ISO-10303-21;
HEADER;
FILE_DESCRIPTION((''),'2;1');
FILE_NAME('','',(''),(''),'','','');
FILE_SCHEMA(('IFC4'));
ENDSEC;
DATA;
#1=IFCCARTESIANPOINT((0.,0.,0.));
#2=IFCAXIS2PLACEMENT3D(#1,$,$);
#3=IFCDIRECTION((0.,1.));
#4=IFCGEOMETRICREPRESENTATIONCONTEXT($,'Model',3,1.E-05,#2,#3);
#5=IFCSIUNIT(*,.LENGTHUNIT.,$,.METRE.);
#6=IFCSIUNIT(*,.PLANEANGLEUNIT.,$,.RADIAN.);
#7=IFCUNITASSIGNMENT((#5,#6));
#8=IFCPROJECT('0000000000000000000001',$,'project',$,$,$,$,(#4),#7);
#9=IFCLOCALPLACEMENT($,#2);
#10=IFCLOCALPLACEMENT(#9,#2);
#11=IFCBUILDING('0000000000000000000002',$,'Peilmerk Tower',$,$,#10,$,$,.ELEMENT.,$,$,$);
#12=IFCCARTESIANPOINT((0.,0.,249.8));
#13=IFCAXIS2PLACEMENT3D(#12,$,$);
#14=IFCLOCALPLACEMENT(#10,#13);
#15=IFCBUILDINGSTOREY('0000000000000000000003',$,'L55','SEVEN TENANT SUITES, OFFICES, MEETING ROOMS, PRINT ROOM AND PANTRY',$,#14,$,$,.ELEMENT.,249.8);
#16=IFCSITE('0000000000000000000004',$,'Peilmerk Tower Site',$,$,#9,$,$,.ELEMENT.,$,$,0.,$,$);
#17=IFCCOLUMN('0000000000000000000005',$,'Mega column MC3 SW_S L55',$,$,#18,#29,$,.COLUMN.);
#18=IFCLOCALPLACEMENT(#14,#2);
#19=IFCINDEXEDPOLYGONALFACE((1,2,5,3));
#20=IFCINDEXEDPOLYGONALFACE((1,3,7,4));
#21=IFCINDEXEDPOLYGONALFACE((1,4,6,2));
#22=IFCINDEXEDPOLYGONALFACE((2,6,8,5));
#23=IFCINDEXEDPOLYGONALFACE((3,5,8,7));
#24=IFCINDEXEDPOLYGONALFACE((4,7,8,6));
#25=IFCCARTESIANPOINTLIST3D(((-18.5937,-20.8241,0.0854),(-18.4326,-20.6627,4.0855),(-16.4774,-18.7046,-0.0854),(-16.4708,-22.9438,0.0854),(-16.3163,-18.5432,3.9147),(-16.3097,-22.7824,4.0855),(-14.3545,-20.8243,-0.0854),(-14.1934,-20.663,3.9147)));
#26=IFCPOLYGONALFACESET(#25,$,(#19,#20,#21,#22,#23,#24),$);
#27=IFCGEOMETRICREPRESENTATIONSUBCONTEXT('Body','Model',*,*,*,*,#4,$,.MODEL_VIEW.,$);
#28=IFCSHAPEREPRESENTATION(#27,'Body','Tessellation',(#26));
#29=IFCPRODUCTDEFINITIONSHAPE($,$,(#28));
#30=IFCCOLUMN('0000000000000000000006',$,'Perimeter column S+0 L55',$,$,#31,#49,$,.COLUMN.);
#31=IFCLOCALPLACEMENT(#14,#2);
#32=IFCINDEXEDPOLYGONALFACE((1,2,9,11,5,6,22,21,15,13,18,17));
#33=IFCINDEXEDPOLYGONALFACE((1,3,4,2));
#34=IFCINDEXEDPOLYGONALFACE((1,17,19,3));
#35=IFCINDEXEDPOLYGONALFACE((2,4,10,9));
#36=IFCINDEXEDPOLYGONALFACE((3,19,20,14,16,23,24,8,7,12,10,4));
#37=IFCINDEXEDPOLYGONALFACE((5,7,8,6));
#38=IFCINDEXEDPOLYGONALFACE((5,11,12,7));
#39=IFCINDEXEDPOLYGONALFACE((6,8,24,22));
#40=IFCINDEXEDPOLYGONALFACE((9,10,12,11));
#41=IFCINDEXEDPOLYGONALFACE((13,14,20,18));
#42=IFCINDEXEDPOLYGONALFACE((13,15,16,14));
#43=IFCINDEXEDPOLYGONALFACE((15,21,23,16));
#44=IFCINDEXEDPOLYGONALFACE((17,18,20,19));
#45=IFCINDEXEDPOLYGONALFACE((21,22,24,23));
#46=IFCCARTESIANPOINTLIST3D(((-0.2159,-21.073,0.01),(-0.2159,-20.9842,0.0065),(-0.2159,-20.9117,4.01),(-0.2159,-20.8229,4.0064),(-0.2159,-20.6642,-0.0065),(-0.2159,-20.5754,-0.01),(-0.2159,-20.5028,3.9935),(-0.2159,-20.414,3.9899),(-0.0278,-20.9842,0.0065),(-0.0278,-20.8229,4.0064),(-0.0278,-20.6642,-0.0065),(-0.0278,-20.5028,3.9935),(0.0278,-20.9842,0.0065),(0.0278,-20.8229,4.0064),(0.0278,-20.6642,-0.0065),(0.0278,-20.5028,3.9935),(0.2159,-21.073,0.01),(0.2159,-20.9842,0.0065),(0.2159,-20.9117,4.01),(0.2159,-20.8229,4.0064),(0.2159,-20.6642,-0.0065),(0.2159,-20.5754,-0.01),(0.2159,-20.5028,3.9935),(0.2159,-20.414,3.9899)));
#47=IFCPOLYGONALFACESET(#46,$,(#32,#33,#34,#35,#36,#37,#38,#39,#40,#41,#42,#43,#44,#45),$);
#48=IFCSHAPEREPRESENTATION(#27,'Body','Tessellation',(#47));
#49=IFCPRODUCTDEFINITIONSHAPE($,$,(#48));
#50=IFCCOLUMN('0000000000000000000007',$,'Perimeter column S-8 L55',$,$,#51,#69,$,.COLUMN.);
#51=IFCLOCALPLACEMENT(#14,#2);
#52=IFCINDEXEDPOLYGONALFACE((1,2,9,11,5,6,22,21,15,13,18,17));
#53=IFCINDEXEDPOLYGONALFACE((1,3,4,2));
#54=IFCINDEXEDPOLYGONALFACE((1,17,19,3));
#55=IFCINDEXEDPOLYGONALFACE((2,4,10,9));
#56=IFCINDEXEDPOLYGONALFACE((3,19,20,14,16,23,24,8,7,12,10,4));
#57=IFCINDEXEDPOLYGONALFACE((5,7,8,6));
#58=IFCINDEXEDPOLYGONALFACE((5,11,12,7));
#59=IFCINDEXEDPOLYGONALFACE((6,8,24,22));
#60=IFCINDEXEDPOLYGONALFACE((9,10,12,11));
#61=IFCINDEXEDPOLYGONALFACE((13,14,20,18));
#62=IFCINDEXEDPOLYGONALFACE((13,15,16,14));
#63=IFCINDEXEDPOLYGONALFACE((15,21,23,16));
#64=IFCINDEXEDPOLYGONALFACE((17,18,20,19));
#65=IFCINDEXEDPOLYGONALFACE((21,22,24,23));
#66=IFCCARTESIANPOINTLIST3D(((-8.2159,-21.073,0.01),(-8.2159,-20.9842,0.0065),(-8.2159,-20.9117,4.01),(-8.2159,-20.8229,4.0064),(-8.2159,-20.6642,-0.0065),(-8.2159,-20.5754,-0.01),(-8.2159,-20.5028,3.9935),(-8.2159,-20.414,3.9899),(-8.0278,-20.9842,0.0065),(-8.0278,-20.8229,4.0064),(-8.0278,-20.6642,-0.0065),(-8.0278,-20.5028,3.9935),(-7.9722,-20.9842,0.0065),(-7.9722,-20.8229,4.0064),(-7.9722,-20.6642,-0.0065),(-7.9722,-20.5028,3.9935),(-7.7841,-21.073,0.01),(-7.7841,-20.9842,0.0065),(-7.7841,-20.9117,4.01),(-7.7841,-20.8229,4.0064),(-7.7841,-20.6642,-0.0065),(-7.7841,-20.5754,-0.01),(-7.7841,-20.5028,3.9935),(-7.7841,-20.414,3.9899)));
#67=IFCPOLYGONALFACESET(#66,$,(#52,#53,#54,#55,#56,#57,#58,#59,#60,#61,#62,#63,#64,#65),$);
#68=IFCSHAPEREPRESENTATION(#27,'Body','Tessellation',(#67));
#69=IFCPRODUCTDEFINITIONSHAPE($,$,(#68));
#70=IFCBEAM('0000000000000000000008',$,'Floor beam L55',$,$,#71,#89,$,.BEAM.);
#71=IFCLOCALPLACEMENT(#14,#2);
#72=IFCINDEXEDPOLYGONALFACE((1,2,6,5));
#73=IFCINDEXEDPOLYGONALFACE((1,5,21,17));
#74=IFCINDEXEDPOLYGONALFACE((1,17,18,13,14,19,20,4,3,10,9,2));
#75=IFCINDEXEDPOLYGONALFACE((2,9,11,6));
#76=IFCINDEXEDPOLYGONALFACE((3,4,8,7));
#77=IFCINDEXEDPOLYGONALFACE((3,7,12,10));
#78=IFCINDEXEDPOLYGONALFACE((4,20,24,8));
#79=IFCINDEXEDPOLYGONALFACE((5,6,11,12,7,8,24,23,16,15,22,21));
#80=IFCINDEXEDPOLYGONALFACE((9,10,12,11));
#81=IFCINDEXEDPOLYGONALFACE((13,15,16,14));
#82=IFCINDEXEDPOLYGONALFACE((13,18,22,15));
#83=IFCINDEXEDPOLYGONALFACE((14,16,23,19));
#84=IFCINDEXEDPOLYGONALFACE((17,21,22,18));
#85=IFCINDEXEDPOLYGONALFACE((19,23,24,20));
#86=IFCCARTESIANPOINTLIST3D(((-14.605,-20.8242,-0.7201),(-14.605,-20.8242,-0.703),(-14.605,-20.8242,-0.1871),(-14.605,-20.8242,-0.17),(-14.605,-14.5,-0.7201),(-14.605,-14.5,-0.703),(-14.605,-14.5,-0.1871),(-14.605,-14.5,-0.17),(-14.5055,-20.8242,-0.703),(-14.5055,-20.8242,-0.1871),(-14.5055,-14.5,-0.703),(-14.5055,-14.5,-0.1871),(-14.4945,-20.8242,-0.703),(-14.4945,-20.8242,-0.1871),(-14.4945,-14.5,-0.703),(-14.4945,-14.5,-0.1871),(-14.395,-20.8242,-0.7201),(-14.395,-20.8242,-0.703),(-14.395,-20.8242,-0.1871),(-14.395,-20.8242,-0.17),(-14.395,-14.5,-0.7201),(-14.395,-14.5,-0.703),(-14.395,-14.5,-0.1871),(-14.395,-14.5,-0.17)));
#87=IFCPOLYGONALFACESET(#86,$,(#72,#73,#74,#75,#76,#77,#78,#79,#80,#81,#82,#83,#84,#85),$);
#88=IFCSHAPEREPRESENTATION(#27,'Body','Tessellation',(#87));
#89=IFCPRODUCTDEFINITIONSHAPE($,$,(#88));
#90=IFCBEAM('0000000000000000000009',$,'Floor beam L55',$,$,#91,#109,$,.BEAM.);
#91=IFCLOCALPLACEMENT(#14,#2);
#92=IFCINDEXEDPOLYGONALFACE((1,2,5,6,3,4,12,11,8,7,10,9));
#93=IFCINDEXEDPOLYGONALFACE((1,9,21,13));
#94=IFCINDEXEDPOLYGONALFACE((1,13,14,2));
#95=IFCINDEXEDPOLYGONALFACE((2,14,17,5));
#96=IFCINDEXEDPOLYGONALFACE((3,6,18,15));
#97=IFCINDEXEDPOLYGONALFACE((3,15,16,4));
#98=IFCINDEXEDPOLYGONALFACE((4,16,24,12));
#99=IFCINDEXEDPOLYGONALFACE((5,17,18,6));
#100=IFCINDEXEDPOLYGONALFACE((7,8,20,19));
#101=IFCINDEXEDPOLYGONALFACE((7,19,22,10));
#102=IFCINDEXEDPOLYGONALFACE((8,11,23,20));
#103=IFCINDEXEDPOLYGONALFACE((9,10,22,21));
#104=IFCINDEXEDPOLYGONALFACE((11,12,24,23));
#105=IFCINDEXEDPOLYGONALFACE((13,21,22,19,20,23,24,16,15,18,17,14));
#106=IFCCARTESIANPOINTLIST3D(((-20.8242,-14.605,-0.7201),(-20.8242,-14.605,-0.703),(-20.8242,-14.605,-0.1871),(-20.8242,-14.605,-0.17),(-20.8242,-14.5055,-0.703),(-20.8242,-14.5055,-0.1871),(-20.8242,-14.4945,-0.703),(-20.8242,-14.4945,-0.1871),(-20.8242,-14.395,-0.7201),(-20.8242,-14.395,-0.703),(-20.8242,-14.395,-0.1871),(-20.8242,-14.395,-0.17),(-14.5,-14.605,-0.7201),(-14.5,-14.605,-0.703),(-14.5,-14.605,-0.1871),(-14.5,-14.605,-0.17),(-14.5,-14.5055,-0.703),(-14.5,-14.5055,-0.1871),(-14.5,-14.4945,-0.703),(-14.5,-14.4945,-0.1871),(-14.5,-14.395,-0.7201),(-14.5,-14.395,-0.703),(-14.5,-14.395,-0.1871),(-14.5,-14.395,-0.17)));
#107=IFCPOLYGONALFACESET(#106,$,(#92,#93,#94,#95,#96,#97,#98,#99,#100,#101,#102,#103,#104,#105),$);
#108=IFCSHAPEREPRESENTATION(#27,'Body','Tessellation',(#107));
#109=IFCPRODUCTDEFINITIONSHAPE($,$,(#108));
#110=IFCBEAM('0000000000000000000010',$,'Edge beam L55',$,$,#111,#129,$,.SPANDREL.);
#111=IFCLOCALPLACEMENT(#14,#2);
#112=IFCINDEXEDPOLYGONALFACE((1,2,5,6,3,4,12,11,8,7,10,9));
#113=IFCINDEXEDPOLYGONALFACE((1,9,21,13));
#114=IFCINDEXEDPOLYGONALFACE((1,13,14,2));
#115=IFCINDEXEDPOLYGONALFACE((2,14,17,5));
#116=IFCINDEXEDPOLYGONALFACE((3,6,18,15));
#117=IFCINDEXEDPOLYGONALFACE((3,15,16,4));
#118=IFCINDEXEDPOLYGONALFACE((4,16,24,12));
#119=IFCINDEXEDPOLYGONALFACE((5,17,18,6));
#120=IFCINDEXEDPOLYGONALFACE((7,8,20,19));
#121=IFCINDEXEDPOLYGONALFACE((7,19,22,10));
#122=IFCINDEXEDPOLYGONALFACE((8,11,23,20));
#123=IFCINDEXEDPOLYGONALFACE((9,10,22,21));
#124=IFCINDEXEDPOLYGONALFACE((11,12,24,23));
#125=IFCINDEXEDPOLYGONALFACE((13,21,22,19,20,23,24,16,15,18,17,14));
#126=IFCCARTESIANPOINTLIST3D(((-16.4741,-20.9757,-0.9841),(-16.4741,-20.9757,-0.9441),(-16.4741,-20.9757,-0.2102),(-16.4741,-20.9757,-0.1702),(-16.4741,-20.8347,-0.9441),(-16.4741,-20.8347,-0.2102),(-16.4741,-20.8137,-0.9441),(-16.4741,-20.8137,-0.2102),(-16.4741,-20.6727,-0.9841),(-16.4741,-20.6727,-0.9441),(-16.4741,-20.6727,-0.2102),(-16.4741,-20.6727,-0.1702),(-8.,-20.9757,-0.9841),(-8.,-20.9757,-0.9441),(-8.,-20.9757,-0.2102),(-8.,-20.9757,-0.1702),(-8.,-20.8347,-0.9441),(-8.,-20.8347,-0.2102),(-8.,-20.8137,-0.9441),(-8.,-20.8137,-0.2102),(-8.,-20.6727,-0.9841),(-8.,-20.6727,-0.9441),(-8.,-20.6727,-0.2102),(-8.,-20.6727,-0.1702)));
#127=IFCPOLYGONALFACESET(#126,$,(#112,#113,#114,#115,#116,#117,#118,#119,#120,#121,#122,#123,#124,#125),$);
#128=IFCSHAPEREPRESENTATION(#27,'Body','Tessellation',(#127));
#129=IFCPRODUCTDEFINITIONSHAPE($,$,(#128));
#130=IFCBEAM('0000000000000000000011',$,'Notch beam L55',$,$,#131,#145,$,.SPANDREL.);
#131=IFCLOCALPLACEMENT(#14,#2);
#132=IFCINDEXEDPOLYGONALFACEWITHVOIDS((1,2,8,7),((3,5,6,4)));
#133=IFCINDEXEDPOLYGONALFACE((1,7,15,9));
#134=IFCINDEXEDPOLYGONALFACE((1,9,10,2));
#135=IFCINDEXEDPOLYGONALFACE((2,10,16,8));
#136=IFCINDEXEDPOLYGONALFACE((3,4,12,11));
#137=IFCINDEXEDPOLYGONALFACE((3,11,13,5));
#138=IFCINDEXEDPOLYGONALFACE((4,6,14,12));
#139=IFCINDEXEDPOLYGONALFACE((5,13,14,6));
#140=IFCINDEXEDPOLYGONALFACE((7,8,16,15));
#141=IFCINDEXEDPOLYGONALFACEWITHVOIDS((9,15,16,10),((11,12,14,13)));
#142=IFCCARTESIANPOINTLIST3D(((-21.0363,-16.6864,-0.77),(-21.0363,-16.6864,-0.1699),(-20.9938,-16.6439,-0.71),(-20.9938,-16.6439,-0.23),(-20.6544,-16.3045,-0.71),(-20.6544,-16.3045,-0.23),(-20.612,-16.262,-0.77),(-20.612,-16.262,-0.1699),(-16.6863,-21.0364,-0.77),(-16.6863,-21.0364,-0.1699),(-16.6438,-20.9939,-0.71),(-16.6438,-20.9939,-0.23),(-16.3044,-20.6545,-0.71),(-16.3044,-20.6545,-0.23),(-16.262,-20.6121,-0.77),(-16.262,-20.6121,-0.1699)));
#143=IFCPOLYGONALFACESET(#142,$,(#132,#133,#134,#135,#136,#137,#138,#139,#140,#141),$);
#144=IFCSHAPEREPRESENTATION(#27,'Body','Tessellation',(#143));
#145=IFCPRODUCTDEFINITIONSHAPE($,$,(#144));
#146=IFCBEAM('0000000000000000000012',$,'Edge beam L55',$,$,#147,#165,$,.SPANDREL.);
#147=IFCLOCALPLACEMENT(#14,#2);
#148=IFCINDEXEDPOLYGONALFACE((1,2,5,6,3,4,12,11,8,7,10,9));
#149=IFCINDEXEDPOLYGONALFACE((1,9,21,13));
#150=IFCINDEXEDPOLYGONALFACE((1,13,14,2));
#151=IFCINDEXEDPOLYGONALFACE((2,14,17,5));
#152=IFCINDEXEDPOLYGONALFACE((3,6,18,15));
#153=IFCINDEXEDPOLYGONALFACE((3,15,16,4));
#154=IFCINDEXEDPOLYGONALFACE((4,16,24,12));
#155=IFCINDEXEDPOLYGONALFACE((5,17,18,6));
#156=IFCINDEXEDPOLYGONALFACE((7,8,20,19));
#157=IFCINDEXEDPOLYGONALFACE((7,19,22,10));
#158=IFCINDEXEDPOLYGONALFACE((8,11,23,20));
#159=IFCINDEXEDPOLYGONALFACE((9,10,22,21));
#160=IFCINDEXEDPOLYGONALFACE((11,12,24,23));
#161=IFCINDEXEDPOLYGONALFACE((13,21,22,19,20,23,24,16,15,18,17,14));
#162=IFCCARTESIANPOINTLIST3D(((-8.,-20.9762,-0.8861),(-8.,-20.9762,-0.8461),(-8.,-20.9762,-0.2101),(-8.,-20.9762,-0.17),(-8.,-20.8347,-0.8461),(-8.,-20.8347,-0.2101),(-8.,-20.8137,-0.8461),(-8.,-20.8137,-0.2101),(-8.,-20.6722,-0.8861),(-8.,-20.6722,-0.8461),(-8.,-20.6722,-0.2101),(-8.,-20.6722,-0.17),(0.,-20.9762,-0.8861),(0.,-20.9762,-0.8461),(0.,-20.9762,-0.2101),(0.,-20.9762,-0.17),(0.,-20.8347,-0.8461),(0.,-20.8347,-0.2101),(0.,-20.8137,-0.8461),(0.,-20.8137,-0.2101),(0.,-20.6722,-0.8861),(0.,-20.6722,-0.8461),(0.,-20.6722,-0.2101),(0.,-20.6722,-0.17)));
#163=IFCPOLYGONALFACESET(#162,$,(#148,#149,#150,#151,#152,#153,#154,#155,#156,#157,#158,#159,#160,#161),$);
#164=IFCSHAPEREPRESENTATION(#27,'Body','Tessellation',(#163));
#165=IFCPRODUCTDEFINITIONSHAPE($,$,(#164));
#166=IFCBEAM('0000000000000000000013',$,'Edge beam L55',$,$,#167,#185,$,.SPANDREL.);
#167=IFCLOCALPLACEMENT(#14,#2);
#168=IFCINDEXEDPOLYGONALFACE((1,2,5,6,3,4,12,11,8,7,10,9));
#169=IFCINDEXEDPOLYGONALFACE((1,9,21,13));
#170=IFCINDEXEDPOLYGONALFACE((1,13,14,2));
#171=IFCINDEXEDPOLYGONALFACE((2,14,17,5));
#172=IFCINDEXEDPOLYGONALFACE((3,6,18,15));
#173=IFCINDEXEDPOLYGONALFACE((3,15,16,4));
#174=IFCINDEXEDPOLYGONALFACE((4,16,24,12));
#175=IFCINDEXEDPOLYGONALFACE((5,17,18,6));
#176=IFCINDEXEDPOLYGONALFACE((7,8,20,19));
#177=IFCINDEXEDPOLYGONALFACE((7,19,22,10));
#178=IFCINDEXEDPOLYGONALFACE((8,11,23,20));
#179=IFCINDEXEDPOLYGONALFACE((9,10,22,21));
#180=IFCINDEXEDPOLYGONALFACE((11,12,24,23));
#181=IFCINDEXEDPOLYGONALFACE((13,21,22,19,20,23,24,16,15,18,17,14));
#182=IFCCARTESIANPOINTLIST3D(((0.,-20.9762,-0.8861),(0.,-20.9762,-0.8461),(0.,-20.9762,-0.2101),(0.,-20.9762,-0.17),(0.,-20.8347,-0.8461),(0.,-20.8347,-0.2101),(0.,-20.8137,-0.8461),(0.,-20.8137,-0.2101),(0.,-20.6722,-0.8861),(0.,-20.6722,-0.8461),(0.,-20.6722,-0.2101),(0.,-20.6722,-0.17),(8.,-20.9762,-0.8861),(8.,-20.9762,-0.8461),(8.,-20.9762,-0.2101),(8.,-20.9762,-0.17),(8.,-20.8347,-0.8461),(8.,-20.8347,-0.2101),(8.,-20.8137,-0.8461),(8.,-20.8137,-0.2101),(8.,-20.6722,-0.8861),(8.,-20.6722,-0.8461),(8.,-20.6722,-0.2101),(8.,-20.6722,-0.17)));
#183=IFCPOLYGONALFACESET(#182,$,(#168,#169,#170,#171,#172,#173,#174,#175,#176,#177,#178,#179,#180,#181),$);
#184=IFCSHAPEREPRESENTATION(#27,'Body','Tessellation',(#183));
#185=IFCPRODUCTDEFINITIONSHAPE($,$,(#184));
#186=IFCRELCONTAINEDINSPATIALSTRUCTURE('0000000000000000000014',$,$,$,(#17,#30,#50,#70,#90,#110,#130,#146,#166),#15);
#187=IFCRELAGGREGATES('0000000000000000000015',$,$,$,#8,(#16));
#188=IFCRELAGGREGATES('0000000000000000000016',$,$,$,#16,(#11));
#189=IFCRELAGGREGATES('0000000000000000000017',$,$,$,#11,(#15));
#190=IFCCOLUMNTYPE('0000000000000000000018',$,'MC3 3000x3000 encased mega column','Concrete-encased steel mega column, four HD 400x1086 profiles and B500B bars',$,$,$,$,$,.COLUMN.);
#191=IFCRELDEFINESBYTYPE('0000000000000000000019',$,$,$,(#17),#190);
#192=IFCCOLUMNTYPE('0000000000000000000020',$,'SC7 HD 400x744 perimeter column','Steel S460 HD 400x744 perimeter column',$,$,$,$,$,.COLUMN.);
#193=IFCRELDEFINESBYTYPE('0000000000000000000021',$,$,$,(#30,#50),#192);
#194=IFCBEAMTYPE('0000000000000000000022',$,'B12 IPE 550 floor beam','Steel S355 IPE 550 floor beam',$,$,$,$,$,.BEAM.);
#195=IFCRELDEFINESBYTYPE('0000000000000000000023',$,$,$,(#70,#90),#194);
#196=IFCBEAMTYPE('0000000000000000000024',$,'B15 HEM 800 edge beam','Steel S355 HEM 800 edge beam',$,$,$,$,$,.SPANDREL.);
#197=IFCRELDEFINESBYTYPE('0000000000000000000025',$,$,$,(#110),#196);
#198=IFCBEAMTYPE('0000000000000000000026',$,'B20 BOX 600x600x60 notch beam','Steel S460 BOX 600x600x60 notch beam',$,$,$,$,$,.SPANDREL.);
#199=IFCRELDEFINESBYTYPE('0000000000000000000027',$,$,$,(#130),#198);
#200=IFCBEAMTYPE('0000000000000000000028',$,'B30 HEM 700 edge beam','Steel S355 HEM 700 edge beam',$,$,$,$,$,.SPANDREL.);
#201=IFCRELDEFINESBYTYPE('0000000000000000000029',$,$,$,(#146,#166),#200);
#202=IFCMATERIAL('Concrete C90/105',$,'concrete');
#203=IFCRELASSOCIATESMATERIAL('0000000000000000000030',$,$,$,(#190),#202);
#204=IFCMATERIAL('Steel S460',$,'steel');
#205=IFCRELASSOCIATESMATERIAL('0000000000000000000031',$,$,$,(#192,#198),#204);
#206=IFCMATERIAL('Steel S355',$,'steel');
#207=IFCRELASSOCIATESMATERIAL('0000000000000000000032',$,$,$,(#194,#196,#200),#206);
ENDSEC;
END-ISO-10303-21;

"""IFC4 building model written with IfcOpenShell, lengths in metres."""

from ifc_helpers import new_model, si_unit, direction, frame, origin, origin_2d, place, context, subcontext, project, spatial, rectangle, hollow_rectangle, i_section, extrude, material, material_profile, profile_set, type_object, element, save


model = new_model("IFC4")

# Units and contexts
model_context = context("Model", 3, precision=1e-05, world=origin(), true_north=direction((0.0, 1.0)))
body_context = subcontext(model_context, "Body", "Model", "MODEL_VIEW")
ifc_project = project(units=[si_unit("LENGTHUNIT", "METRE"), si_unit("PLANEANGLEUNIT", "RADIAN")], contexts=[model_context])

# Site, building, storey
site_placement = place(None, origin())
site = spatial("IfcSite", under=ifc_project, at=site_placement, Name="Peilmerk Tower Site", CompositionType="ELEMENT", RefElevation=0.0)
building_placement = place(site_placement, origin())
building = spatial("IfcBuilding", under=site, at=building_placement, Name="Peilmerk Tower", CompositionType="ELEMENT")
storey_placement = place(building_placement, frame((0.0, 0.0, 249.8)))
storey = spatial("IfcBuildingStorey", under=building, at=storey_placement, Name="L55", Description="SEVEN TENANT SUITES, OFFICES, MEETING ROOMS, PRINT ROOM AND PANTRY", CompositionType="ELEMENT", Elevation=249.8)

# Columns
ifc_material_1 = material(Name="Concrete C90/105", Category="concrete")
ifc_material_profile_1 = material_profile(ifc_material_1, rectangle(XDim=3.0, YDim=3.0, at=origin_2d()), Name="RC 3000x3000")
ifc_profile_set_1 = profile_set([ifc_material_profile_1], Name="Concrete C90/105")
column_type_1 = type_object("IfcColumnType", Name="MC3 3000x3000 encased mega column", Description="Concrete-encased steel mega column, four HD 400x1086 profiles and B500B bars", PredefinedType="COLUMN", material=ifc_profile_set_1)
column_placement = place(storey_placement, frame((-16.4741, -20.8242, 0.0), z_axis=(0.040218, 0.040279, 0.998379), x_axis=(-0.707642, 0.706571, 0.0)))
element("IfcColumn", 1, at=column_placement, inside=storey, type_object=column_type_1, Name="Mega column MC3 SW_S L55", PredefinedType="COLUMN", context=body_context, shape_type="SweptSolid", body=[
    extrude(rectangle(XDim=3.0, YDim=3.0, at=origin_2d()), origin(), (0.0, 0.0, 1.0), 4.0066),
])
ifc_material_2 = material(Name="Steel S460", Category="steel")
ifc_material_profile_2 = material_profile(ifc_material_2, i_section(OverallWidth=0.4319, OverallDepth=0.498, WebThickness=0.0557, FlangeThickness=0.0889, at=origin_2d()), Name="HD 400x744")
ifc_profile_set_2 = profile_set([ifc_material_profile_2], Name="Steel S460")
column_type_2 = type_object("IfcColumnType", Name="SC7 HD 400x744 perimeter column", Description="Steel S460 HD 400x744 perimeter column", PredefinedType="COLUMN", material=ifc_profile_set_2)
for number, where, z_axis, x_axis, name in (
    (2, (0.0, -20.8242, 0.0), (0.0, 0.040311, 0.999187), (-1.0, 0.0, 0.0), "Perimeter column S+0 L55"),
    (3, (-8.0, -20.8242, 0.0), (0.0, 0.040311, 0.999187), (-1.0, 0.0, 0.0), "Perimeter column S-8 L55"),
):
    element("IfcColumn", number, at=place(storey_placement, frame(where, z_axis=z_axis, x_axis=x_axis)), inside=storey, type_object=column_type_2, Name=name, PredefinedType="COLUMN", context=body_context, shape_type="SweptSolid", body=[
        extrude(i_section(OverallWidth=0.4319, OverallDepth=0.498, WebThickness=0.0557, FlangeThickness=0.0889, at=origin_2d()), origin(), (0.0, 0.0, 1.0), 4.0032),
    ])

# Beams
ifc_material_3 = material(Name="Steel S355", Category="steel")
ifc_material_profile_3 = material_profile(ifc_material_3, i_section(OverallWidth=0.21, OverallDepth=0.55, WebThickness=0.011, FlangeThickness=0.0171, at=origin_2d()), Name="IPE 550")
ifc_profile_set_3 = profile_set([ifc_material_profile_3], Name="Steel S355")
beam_type_1 = type_object("IfcBeamType", Name="B12 IPE 550 floor beam", Description="Steel S355 IPE 550 floor beam", PredefinedType="BEAM", material=ifc_profile_set_3)
for number, where, z_axis, x_axis, name in (
    (4, (-14.5, -14.5, -0.4451), (0.0, -1.0, 0.0), (1.0, 0.0, 0.0), "Floor beam L55"),
    (5, (-14.5, -14.5, -0.4451), (-1.0, 0.0, 0.0), (0.0, -1.0, 0.0), "Floor beam L55"),
):
    element("IfcBeam", number, at=place(storey_placement, frame(where, z_axis=z_axis, x_axis=x_axis)), inside=storey, type_object=beam_type_1, Name=name, PredefinedType="BEAM", context=body_context, shape_type="SweptSolid", body=[
        extrude(i_section(OverallWidth=0.21, OverallDepth=0.55, WebThickness=0.011, FlangeThickness=0.0171, at=origin_2d()), origin(), (0.0, 0.0, 1.0), 6.3242),
    ])
ifc_material_profile_4 = material_profile(ifc_material_3, i_section(OverallWidth=0.303, OverallDepth=0.814, WebThickness=0.021, FlangeThickness=0.04, at=origin_2d()), Name="HEM 800")
ifc_profile_set_4 = profile_set([ifc_material_profile_4], Name="Steel S355")
beam_type_2 = type_object("IfcBeamType", Name="B15 HEM 800 edge beam", Description="Steel S355 HEM 800 edge beam", PredefinedType="SPANDREL", material=ifc_profile_set_4)
beam_1_placement = place(storey_placement, frame((-16.4741, -20.8242, -0.5771), z_axis=(1.0, 0.0, 0.0), x_axis=(0.0, 1.0, 0.0)))
element("IfcBeam", 6, at=beam_1_placement, inside=storey, type_object=beam_type_2, Name="Edge beam L55", PredefinedType="SPANDREL", context=body_context, shape_type="SweptSolid", body=[
    extrude(i_section(OverallWidth=0.303, OverallDepth=0.814, WebThickness=0.021, FlangeThickness=0.04, at=origin_2d()), origin(), (0.0, 0.0, 1.0), 8.4741),
])
ifc_material_profile_5 = material_profile(ifc_material_2, hollow_rectangle(XDim=0.6001, YDim=0.6001, WallThickness=0.0601, at=origin_2d()), Name="BOX 600x600x60")
ifc_profile_set_5 = profile_set([ifc_material_profile_5], Name="Steel S460")
beam_type_3 = type_object("IfcBeamType", Name="B20 BOX 600x600x60 notch beam", Description="Steel S460 BOX 600x600x60 notch beam", PredefinedType="SPANDREL", material=ifc_profile_set_5)
beam_2_placement = place(storey_placement, frame((-16.4741, -20.8242, -0.47), z_axis=(-0.707107, 0.707107, 0.0), x_axis=(-0.707107, -0.707107, 0.0)))
element("IfcBeam", 7, at=beam_2_placement, inside=storey, type_object=beam_type_3, Name="Notch beam L55", PredefinedType="SPANDREL", context=body_context, shape_type="SweptSolid", body=[
    extrude(hollow_rectangle(XDim=0.6001, YDim=0.6001, WallThickness=0.0601, at=origin_2d()), origin(), (0.0, 0.0, 1.0), 6.1519),
])
ifc_material_profile_6 = material_profile(ifc_material_3, i_section(OverallWidth=0.304, OverallDepth=0.7161, WebThickness=0.021, FlangeThickness=0.04, at=origin_2d()), Name="HEM 700")
ifc_profile_set_6 = profile_set([ifc_material_profile_6], Name="Steel S355")
beam_type_4 = type_object("IfcBeamType", Name="B30 HEM 700 edge beam", Description="Steel S355 HEM 700 edge beam", PredefinedType="SPANDREL", material=ifc_profile_set_6)
for number, where, z_axis, x_axis, name in (
    (8, (-8.0, -20.8242, -0.5281), (1.0, 0.0, 0.0), (0.0, 1.0, 0.0), "Edge beam L55"),
    (9, (0.0, -20.8242, -0.5281), (1.0, 0.0, 0.0), (0.0, 1.0, 0.0), "Edge beam L55"),
):
    element("IfcBeam", number, at=place(storey_placement, frame(where, z_axis=z_axis, x_axis=x_axis)), inside=storey, type_object=beam_type_4, Name=name, PredefinedType="SPANDREL", context=body_context, shape_type="SweptSolid", body=[
        extrude(i_section(OverallWidth=0.304, OverallDepth=0.7161, WebThickness=0.021, FlangeThickness=0.04, at=origin_2d()), origin(), (0.0, 0.0, 1.0), 8.0),
    ])

save(model, "model.ifc")
